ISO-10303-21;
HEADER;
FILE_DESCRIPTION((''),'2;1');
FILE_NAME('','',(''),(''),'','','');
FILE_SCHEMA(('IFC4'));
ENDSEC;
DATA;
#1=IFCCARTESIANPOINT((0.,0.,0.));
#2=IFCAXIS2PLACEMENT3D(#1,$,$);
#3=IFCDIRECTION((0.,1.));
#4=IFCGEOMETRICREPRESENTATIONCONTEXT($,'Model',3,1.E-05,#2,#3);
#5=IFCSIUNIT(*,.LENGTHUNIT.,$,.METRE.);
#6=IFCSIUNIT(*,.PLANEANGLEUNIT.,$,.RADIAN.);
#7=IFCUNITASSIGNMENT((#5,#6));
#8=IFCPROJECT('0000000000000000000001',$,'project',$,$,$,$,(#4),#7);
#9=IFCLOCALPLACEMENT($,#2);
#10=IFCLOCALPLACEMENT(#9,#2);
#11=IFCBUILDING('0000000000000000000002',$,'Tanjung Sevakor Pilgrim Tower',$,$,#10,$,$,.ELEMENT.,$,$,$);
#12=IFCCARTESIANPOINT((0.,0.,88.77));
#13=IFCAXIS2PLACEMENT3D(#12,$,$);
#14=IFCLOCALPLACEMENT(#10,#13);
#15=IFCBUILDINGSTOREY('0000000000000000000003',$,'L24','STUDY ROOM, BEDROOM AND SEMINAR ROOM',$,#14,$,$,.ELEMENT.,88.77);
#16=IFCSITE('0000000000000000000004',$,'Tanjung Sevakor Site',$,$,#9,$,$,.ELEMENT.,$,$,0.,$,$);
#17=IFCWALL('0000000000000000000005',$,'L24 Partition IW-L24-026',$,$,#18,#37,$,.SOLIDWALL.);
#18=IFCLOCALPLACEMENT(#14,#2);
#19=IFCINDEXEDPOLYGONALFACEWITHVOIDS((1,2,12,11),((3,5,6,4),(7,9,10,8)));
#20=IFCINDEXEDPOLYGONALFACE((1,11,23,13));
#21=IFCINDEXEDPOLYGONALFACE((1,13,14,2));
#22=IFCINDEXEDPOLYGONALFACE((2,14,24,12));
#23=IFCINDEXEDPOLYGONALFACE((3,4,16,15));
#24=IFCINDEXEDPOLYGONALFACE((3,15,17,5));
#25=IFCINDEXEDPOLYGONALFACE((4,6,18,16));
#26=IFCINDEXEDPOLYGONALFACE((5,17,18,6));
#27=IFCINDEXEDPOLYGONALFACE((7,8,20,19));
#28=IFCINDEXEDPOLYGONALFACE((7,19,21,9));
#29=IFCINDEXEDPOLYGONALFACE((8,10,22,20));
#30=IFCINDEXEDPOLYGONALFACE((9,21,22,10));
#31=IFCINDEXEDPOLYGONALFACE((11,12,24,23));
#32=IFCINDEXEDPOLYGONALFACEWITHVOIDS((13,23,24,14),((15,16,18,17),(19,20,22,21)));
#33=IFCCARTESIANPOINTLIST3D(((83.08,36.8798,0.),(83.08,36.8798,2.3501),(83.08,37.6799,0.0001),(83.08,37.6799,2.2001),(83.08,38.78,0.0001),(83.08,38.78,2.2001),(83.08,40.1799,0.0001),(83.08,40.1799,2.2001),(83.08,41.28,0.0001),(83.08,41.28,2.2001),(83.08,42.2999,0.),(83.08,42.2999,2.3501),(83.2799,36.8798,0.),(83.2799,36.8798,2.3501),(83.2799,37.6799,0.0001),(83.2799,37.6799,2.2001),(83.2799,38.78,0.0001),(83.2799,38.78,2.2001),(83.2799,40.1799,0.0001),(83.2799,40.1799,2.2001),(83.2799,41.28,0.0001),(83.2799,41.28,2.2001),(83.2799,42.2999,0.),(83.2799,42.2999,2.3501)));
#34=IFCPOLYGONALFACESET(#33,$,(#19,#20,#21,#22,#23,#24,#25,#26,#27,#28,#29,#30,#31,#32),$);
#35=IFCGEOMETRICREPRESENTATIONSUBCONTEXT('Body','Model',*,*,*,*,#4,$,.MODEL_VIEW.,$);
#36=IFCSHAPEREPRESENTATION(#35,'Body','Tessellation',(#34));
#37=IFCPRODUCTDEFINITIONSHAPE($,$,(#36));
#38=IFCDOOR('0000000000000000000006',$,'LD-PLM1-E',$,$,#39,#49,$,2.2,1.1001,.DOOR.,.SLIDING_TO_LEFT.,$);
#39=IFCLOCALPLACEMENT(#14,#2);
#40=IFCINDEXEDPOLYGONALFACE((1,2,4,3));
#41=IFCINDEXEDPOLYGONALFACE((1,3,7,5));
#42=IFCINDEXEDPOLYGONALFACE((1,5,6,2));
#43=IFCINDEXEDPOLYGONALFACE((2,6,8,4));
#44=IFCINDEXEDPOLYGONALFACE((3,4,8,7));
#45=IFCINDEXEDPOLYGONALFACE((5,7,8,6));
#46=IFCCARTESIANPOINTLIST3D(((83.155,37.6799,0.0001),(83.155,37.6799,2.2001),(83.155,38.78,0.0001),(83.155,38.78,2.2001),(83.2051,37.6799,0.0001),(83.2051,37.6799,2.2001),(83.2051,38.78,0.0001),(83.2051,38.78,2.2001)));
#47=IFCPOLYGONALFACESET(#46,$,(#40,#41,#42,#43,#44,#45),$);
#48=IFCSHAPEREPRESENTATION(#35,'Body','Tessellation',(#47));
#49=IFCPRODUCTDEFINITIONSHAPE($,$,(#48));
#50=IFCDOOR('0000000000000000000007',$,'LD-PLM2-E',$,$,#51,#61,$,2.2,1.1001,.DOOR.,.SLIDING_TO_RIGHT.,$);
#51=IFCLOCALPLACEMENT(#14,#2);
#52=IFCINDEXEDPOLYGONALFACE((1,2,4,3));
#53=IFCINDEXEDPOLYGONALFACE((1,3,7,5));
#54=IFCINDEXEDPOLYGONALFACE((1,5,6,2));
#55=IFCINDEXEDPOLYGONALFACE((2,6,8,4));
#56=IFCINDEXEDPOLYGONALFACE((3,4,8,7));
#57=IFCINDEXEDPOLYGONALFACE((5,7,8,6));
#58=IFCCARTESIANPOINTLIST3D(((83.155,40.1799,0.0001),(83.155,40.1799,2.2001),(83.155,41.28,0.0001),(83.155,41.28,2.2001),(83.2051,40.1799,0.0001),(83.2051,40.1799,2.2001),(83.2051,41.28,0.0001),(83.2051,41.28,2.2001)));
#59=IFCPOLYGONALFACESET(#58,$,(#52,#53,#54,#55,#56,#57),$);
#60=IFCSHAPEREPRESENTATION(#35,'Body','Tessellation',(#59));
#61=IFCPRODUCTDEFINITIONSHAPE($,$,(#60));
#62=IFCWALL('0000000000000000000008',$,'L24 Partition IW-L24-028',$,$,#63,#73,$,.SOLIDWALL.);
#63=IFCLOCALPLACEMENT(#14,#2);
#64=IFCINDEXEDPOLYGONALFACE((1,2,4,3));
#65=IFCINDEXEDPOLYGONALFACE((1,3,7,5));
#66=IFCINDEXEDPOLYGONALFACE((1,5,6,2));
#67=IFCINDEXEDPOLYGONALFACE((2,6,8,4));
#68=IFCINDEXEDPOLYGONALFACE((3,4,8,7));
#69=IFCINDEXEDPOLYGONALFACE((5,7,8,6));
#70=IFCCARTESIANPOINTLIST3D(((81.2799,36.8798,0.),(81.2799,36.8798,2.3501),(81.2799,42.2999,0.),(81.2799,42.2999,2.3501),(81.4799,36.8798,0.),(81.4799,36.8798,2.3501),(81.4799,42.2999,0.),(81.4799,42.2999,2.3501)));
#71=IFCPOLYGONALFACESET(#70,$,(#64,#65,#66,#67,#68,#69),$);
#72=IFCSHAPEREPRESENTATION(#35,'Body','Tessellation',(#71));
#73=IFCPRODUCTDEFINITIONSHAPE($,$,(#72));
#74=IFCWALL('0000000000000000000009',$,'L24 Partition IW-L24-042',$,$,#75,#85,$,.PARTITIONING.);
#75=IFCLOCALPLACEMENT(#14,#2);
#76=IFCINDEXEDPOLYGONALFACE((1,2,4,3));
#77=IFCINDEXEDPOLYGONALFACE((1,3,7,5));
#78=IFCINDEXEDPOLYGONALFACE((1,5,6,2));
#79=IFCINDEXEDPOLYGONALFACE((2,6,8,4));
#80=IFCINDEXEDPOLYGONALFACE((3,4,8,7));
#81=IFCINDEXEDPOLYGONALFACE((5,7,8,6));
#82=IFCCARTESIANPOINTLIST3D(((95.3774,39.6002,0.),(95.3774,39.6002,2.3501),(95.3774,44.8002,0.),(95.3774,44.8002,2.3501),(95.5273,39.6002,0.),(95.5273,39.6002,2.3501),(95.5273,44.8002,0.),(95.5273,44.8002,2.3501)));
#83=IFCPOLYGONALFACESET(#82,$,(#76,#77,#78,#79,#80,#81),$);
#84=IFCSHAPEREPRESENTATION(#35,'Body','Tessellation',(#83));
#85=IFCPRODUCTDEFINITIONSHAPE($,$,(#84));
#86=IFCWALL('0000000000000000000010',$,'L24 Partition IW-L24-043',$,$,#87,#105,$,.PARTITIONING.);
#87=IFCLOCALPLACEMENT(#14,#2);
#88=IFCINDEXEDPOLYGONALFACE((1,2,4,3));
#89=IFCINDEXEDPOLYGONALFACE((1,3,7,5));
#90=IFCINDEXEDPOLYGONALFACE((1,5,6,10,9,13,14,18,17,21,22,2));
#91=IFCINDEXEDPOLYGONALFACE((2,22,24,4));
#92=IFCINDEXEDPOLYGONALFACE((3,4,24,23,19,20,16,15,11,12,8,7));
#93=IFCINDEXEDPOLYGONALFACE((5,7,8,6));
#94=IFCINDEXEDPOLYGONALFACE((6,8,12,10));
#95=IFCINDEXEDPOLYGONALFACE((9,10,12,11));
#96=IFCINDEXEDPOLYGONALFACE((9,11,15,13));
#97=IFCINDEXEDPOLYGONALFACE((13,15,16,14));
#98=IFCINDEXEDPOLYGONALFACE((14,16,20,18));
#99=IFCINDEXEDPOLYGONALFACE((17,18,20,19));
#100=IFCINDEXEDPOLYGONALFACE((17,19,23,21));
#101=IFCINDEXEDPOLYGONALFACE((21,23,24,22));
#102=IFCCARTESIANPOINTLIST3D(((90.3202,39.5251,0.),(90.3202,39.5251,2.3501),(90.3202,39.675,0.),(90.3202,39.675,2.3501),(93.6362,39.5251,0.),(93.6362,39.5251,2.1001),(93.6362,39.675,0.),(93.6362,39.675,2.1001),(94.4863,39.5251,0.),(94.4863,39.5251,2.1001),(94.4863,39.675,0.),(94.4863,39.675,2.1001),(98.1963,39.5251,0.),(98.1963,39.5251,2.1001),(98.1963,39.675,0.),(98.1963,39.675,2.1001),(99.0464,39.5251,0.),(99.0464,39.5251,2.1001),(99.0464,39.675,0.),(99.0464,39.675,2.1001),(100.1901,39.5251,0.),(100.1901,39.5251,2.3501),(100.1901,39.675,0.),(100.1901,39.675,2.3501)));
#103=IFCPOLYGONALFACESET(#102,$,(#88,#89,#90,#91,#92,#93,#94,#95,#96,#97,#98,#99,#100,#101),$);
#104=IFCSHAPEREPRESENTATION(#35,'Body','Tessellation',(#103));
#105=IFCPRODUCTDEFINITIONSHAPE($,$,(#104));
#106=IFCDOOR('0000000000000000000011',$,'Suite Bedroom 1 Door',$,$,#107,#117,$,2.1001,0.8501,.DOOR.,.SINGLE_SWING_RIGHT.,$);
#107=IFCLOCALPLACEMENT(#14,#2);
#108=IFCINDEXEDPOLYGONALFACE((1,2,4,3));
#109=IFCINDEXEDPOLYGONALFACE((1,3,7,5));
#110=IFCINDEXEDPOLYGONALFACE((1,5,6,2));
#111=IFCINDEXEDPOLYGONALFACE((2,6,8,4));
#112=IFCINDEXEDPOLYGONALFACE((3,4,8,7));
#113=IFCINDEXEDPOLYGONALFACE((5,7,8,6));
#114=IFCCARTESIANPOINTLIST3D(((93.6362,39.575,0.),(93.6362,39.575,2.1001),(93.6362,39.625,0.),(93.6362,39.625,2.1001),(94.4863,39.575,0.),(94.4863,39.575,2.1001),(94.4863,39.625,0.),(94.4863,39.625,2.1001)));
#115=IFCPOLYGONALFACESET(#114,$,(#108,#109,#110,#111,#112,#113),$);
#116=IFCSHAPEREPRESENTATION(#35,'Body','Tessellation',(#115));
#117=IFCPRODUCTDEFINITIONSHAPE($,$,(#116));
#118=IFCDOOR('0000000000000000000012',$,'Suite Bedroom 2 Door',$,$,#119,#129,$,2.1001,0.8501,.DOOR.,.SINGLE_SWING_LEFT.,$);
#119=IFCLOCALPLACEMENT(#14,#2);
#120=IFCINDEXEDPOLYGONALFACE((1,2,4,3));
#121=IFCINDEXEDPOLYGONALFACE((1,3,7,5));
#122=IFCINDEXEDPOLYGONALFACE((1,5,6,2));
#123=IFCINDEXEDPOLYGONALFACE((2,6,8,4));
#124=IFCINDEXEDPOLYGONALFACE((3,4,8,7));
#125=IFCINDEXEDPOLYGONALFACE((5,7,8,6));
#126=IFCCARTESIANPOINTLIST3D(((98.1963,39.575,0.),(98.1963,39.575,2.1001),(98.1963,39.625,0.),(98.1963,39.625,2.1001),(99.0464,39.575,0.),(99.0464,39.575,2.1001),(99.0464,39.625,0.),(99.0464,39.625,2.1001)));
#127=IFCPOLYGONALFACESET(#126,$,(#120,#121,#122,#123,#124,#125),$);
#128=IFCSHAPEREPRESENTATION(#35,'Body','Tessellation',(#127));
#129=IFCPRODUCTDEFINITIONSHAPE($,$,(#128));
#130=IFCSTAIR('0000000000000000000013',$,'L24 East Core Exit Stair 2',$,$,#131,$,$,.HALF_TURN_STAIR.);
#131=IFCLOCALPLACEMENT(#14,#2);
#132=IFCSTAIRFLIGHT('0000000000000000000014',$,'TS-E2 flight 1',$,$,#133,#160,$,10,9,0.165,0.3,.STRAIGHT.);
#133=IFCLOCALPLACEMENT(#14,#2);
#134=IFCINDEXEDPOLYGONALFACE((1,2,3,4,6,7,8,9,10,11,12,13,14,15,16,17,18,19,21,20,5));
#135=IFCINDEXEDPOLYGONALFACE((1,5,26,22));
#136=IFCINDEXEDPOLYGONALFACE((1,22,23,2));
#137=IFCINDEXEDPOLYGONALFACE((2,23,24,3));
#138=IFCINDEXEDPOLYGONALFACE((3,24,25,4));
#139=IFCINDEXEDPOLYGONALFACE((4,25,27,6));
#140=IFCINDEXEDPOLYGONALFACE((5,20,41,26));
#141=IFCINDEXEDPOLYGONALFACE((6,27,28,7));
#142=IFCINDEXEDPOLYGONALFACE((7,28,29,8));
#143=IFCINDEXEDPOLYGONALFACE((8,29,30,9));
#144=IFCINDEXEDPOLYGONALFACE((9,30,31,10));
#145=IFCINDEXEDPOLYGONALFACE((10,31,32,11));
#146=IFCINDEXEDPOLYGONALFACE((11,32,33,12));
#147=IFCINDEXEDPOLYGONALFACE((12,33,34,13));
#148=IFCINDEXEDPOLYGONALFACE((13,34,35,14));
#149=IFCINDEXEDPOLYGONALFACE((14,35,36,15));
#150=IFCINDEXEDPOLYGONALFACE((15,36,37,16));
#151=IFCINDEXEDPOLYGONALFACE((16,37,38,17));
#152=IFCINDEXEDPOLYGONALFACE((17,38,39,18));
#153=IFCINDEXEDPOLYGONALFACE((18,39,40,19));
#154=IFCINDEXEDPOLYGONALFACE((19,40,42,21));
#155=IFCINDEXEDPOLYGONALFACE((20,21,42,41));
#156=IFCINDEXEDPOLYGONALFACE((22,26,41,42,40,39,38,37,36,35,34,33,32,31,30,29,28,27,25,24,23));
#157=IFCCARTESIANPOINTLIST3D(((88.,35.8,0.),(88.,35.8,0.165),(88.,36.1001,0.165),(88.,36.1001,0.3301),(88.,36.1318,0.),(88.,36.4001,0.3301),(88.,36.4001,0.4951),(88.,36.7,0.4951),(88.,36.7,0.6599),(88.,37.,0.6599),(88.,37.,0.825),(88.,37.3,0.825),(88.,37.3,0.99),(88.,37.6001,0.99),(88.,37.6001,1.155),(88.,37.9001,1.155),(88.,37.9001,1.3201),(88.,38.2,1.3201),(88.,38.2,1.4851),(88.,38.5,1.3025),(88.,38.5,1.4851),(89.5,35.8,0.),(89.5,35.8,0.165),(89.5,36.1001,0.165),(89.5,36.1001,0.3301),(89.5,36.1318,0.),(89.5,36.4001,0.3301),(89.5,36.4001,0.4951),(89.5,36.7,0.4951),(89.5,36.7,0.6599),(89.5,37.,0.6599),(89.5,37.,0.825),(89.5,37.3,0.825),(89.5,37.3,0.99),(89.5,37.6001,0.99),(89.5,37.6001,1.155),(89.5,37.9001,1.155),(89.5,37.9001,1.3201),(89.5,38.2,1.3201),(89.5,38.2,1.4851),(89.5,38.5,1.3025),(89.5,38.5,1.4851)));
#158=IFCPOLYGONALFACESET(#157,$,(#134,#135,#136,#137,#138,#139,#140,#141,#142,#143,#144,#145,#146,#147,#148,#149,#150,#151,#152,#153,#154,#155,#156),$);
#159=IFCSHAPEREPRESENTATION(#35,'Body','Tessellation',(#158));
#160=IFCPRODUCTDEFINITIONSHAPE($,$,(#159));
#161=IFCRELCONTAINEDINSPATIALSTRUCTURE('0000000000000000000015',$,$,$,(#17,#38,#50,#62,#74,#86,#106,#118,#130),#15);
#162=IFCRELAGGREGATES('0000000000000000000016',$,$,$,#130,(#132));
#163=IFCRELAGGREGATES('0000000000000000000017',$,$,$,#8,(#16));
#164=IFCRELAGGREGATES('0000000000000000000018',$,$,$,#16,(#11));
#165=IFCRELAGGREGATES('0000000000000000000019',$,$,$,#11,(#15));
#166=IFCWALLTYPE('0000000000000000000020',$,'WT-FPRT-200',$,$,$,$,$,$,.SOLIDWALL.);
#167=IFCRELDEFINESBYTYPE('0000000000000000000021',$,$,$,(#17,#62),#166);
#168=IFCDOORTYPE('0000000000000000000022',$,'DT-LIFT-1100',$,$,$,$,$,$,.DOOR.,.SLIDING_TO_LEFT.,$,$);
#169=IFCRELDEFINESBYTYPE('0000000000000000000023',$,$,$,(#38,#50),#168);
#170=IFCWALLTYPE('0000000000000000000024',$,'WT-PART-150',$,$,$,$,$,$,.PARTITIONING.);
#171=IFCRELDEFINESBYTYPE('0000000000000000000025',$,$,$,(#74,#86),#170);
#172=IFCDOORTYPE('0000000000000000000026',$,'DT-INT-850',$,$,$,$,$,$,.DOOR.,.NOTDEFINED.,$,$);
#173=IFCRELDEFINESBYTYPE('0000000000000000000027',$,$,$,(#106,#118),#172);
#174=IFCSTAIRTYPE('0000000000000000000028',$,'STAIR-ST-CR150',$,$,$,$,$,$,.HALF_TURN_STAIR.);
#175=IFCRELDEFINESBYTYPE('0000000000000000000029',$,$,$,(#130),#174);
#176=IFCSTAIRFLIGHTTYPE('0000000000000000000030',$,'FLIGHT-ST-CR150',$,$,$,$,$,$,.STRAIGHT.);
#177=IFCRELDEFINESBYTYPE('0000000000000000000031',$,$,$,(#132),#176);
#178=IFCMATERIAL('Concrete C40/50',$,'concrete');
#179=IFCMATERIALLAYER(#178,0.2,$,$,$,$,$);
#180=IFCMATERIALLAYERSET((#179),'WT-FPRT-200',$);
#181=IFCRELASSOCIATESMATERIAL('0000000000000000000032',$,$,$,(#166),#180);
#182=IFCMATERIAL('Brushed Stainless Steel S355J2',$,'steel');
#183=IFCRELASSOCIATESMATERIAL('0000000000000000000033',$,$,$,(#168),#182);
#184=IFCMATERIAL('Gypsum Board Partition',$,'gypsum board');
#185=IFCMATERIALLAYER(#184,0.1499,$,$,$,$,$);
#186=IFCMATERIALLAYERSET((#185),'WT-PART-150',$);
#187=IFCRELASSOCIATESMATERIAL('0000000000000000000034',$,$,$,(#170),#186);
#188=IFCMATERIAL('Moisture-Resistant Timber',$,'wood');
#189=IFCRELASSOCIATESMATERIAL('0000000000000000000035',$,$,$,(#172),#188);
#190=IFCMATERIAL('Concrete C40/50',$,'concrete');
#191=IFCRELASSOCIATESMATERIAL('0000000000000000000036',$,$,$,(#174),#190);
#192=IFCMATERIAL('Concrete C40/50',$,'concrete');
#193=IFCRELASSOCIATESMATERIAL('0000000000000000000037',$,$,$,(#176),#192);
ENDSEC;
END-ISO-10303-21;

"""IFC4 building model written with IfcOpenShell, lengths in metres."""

from ifc_helpers import new_model, si_unit, direction, frame, frame_2d, origin, place, context, subcontext, project, spatial, polyline, rectangle, outline, extrude, material, layer, layer_set, type_object, element, fill, aggregate, save


model = new_model("IFC4")

# Units and contexts
model_context = context("Model", 3, precision=1e-05, world=origin(), true_north=direction((0.0, 1.0)))
body_context = subcontext(model_context, "Body", "Model", "MODEL_VIEW")
ifc_project = project(units=[si_unit("LENGTHUNIT", "METRE"), si_unit("PLANEANGLEUNIT", "RADIAN")], contexts=[model_context])

# Site, building, storey
site_placement = place(None, origin())
site = spatial("IfcSite", under=ifc_project, at=site_placement, Name="Tanjung Sevakor Site", CompositionType="ELEMENT", RefElevation=0.0)
building_placement = place(site_placement, origin())
building = spatial("IfcBuilding", under=site, at=building_placement, Name="Tanjung Sevakor Pilgrim Tower", CompositionType="ELEMENT")
storey_placement = place(building_placement, frame((0.0, 0.0, 88.77)))
storey = spatial("IfcBuildingStorey", under=building, at=storey_placement, Name="L24", Description="STUDY ROOM, BEDROOM AND SEMINAR ROOM", CompositionType="ELEMENT", Elevation=88.77)

# Shared definitions
ifc_material_1 = material(Name="Concrete C40/50", Category="concrete")
ifc_layer_1 = layer(ifc_material_1, 0.2)
ifc_layer_set_1 = layer_set([ifc_layer_1], Name="WT-FPRT-200")
wall_type_1 = type_object("IfcWallType", Name="WT-FPRT-200", PredefinedType="SOLIDWALL", material=ifc_layer_set_1)

# Wall, openings, doors
wall_1_placement = place(storey_placement, frame((83.1799, 36.8799, 0.0), z_axis=(0.0, 0.0, 1.0), x_axis=(0.0, 1.0, 0.0)))
wall_1 = element("IfcWall", 1, at=wall_1_placement, inside=storey, type_object=wall_type_1, Name="L24 Partition IW-L24-026", PredefinedType="SOLIDWALL", context=body_context, shape_type="SweptSolid", body=[
    extrude(rectangle(XDim=5.4202, YDim=0.2, at=frame_2d((2.71, 0.0))), origin(), (0.0, 0.0, 1.0), 2.3501),
])
opening_1_placement = place(wall_1_placement, frame((0.8, 0.0, 0.0)))
opening_1 = element("IfcOpeningElement", 2, at=opening_1_placement, cuts=wall_1, PredefinedType="OPENING", context=body_context, shape_type="SweptSolid", body=[
    extrude(rectangle(XDim=1.1001, YDim=2.2, at=frame_2d((0.55, 1.1001))), frame((0.0, 0.1099, 0.0), z_axis=(0.0, -1.0, 0.0), x_axis=(1.0, 0.0, 0.0)), (0.0, 0.0, 1.0), 0.22),
])
opening_2_placement = place(wall_1_placement, frame((3.3, 0.0, 0.0)))
opening_2 = element("IfcOpeningElement", 3, at=opening_2_placement, cuts=wall_1, PredefinedType="OPENING", context=body_context, shape_type="SweptSolid", body=[
    extrude(rectangle(XDim=1.1001, YDim=2.2, at=frame_2d((0.55, 1.1001))), frame((0.0, 0.1099, 0.0), z_axis=(0.0, -1.0, 0.0), x_axis=(1.0, 0.0, 0.0)), (0.0, 0.0, 1.0), 0.22),
])
ifc_material_2 = material(Name="Brushed Stainless Steel S355J2", Category="steel")
door_type_1 = type_object("IfcDoorType", Name="DT-LIFT-1100", OperationType="SLIDING_TO_LEFT", PredefinedType="DOOR", material=ifc_material_2)
door_1_placement = place(opening_1_placement, origin())
door_1 = element("IfcDoor", 4, at=door_1_placement, inside=storey, type_object=door_type_1, Name="LD-PLM1-E", OperationType="SLIDING_TO_LEFT", OverallHeight=2.2, OverallWidth=1.1001, PredefinedType="DOOR", context=body_context, shape_type="SweptSolid", body=[
    extrude(rectangle(XDim=1.1001, YDim=2.2, at=frame_2d((0.55, 1.1001))), frame((0.0, 0.0249, 0.0), z_axis=(0.0, -1.0, 0.0), x_axis=(1.0, 0.0, 0.0)), (0.0, 0.0, 1.0), 0.05),
])
fill(opening_1, door_1)
door_2_placement = place(opening_2_placement, origin())
door_2 = element("IfcDoor", 5, at=door_2_placement, inside=storey, type_object=door_type_1, Name="LD-PLM2-E", OperationType="SLIDING_TO_RIGHT", OverallHeight=2.2, OverallWidth=1.1001, PredefinedType="DOOR", context=body_context, shape_type="SweptSolid", body=[
    extrude(rectangle(XDim=1.1001, YDim=2.2, at=frame_2d((0.55, 1.1001))), frame((0.0, 0.0249, 0.0), z_axis=(0.0, -1.0, 0.0), x_axis=(1.0, 0.0, 0.0)), (0.0, 0.0, 1.0), 0.05),
])
fill(opening_2, door_2)

# Walls
wall_2_placement = place(storey_placement, frame((81.3799, 36.8799, 0.0), z_axis=(0.0, 0.0, 1.0), x_axis=(0.0, 1.0, 0.0)))
element("IfcWall", 6, at=wall_2_placement, inside=storey, type_object=wall_type_1, Name="L24 Partition IW-L24-028", PredefinedType="SOLIDWALL", context=body_context, shape_type="SweptSolid", body=[
    extrude(rectangle(XDim=5.4202, YDim=0.2, at=frame_2d((2.71, 0.0))), origin(), (0.0, 0.0, 1.0), 2.3501),
])
ifc_material_3 = material(Name="Gypsum Board Partition", Category="gypsum board")
ifc_layer_2 = layer(ifc_material_3, 0.1499)
ifc_layer_set_2 = layer_set([ifc_layer_2], Name="WT-PART-150")
wall_type_2 = type_object("IfcWallType", Name="WT-PART-150", PredefinedType="PARTITIONING", material=ifc_layer_set_2)
wall_3_placement = place(storey_placement, frame((95.4524, 39.6001, 0.0), z_axis=(0.0, 0.0, 1.0), x_axis=(0.0, 1.0, 0.0)))
element("IfcWall", 7, at=wall_3_placement, inside=storey, type_object=wall_type_2, Name="L24 Partition IW-L24-042", PredefinedType="PARTITIONING", context=body_context, shape_type="SweptSolid", body=[
    extrude(rectangle(XDim=5.2, YDim=0.1499, at=frame_2d((2.6001, 0.0))), origin(), (0.0, 0.0, 1.0), 2.3501),
])

# Wall, openings, doors
wall_4_placement = place(storey_placement, frame((90.3201, 39.6001, 0.0), z_axis=(0.0, 0.0, 1.0), x_axis=(1.0, 0.0, 0.0)))
wall_4 = element("IfcWall", 8, at=wall_4_placement, inside=storey, type_object=wall_type_2, Name="L24 Partition IW-L24-043", PredefinedType="PARTITIONING", context=body_context, shape_type="SweptSolid", body=[
    extrude(rectangle(XDim=9.8699, YDim=0.1499, at=frame_2d((4.9351, 0.0))), origin(), (0.0, 0.0, 1.0), 2.3501),
])
opening_3_placement = place(wall_4_placement, frame((3.3162, 0.0, 0.0)))
opening_3 = element("IfcOpeningElement", 9, at=opening_3_placement, cuts=wall_4, PredefinedType="OPENING", context=body_context, shape_type="SweptSolid", body=[
    extrude(rectangle(XDim=0.8501, YDim=2.1001, at=frame_2d((0.425, 1.05))), frame((0.0, 0.085, 0.0), z_axis=(0.0, -1.0, 0.0), x_axis=(1.0, 0.0, 0.0)), (0.0, 0.0, 1.0), 0.1699),
])
opening_4_placement = place(wall_4_placement, frame((7.8762, 0.0, 0.0)))
opening_4 = element("IfcOpeningElement", 10, at=opening_4_placement, cuts=wall_4, PredefinedType="OPENING", context=body_context, shape_type="SweptSolid", body=[
    extrude(rectangle(XDim=0.8501, YDim=2.1001, at=frame_2d((0.425, 1.05))), frame((0.0, 0.085, 0.0), z_axis=(0.0, -1.0, 0.0), x_axis=(1.0, 0.0, 0.0)), (0.0, 0.0, 1.0), 0.1699),
])
ifc_material_4 = material(Name="Moisture-Resistant Timber", Category="wood")
door_type_2 = type_object("IfcDoorType", Name="DT-INT-850", OperationType="NOTDEFINED", PredefinedType="DOOR", material=ifc_material_4)
door_3_placement = place(opening_3_placement, origin())
door_3 = element("IfcDoor", 11, at=door_3_placement, inside=storey, type_object=door_type_2, Name="Suite Bedroom 1 Door", OperationType="SINGLE_SWING_RIGHT", OverallHeight=2.1001, OverallWidth=0.8501, PredefinedType="DOOR", context=body_context, shape_type="SweptSolid", body=[
    extrude(rectangle(XDim=0.8501, YDim=2.1001, at=frame_2d((0.425, 1.05))), frame((0.0, 0.0249, 0.0), z_axis=(0.0, -1.0, 0.0), x_axis=(1.0, 0.0, 0.0)), (0.0, 0.0, 1.0), 0.05),
])
fill(opening_3, door_3)
door_4_placement = place(opening_4_placement, origin())
door_4 = element("IfcDoor", 12, at=door_4_placement, inside=storey, type_object=door_type_2, Name="Suite Bedroom 2 Door", OperationType="SINGLE_SWING_LEFT", OverallHeight=2.1001, OverallWidth=0.8501, PredefinedType="DOOR", context=body_context, shape_type="SweptSolid", body=[
    extrude(rectangle(XDim=0.8501, YDim=2.1001, at=frame_2d((0.425, 1.05))), frame((0.0, 0.0249, 0.0), z_axis=(0.0, -1.0, 0.0), x_axis=(1.0, 0.0, 0.0)), (0.0, 0.0, 1.0), 0.05),
])
fill(opening_4, door_4)

# Stair, stair flight
ifc_material_5 = material(Name="Concrete C40/50", Category="concrete")
stair_type = type_object("IfcStairType", Name="STAIR-ST-CR150", PredefinedType="HALF_TURN_STAIR", material=ifc_material_5)
stair_placement = place(storey_placement, origin())
stair = element("IfcStair", 13, at=stair_placement, inside=storey, type_object=stair_type, Name="L24 East Core Exit Stair 2", PredefinedType="HALF_TURN_STAIR")
ifc_material_6 = material(Name="Concrete C40/50", Category="concrete")
stair_flight_type = type_object("IfcStairFlightType", Name="FLIGHT-ST-CR150", PredefinedType="STRAIGHT", material=ifc_material_6)
stair_flight_1_placement = place(storey_placement, frame((88.75, 35.8, 0.0), z_axis=(0.0, 0.0, 1.0), x_axis=(0.0, 1.0, 0.0)))
stair_flight_1 = element("IfcStairFlight", 14, at=stair_flight_1_placement, type_object=stair_flight_type, Name="TS-E2 flight 1", NumberOfRisers=10, NumberOfTreads=9, PredefinedType="STRAIGHT", RiserHeight=0.165, TreadLength=0.3, context=body_context, shape_type="SweptSolid", body=[
    extrude(outline(polyline([(0.0, 0.0), (0.0, 0.165), (0.3, 0.165), (0.3, 0.3301), (0.6001, 0.3301), (0.6001, 0.4951), (0.8999, 0.4951), (0.8999, 0.6599), (1.2, 0.6599), (1.2, 0.825), (1.5, 0.825), (1.5, 0.99), (1.8, 0.99), (1.8, 1.155), (2.1001, 1.155), (2.1001, 1.3201), (2.3999, 1.3201), (2.3999, 1.4851), (2.7, 1.4851), (2.7, 1.6499), (2.7, 1.3025), (0.3318, 0.0), (0.0, 0.0)])), frame((0.0, 0.75, 0.0), z_axis=(0.0, -1.0, 0.0), x_axis=(1.0, 0.0, 0.0)), (0.0, 0.0, 1.0), 1.5),
])
aggregate(stair, [stair_flight_1])

save(model, "model.ifc")
